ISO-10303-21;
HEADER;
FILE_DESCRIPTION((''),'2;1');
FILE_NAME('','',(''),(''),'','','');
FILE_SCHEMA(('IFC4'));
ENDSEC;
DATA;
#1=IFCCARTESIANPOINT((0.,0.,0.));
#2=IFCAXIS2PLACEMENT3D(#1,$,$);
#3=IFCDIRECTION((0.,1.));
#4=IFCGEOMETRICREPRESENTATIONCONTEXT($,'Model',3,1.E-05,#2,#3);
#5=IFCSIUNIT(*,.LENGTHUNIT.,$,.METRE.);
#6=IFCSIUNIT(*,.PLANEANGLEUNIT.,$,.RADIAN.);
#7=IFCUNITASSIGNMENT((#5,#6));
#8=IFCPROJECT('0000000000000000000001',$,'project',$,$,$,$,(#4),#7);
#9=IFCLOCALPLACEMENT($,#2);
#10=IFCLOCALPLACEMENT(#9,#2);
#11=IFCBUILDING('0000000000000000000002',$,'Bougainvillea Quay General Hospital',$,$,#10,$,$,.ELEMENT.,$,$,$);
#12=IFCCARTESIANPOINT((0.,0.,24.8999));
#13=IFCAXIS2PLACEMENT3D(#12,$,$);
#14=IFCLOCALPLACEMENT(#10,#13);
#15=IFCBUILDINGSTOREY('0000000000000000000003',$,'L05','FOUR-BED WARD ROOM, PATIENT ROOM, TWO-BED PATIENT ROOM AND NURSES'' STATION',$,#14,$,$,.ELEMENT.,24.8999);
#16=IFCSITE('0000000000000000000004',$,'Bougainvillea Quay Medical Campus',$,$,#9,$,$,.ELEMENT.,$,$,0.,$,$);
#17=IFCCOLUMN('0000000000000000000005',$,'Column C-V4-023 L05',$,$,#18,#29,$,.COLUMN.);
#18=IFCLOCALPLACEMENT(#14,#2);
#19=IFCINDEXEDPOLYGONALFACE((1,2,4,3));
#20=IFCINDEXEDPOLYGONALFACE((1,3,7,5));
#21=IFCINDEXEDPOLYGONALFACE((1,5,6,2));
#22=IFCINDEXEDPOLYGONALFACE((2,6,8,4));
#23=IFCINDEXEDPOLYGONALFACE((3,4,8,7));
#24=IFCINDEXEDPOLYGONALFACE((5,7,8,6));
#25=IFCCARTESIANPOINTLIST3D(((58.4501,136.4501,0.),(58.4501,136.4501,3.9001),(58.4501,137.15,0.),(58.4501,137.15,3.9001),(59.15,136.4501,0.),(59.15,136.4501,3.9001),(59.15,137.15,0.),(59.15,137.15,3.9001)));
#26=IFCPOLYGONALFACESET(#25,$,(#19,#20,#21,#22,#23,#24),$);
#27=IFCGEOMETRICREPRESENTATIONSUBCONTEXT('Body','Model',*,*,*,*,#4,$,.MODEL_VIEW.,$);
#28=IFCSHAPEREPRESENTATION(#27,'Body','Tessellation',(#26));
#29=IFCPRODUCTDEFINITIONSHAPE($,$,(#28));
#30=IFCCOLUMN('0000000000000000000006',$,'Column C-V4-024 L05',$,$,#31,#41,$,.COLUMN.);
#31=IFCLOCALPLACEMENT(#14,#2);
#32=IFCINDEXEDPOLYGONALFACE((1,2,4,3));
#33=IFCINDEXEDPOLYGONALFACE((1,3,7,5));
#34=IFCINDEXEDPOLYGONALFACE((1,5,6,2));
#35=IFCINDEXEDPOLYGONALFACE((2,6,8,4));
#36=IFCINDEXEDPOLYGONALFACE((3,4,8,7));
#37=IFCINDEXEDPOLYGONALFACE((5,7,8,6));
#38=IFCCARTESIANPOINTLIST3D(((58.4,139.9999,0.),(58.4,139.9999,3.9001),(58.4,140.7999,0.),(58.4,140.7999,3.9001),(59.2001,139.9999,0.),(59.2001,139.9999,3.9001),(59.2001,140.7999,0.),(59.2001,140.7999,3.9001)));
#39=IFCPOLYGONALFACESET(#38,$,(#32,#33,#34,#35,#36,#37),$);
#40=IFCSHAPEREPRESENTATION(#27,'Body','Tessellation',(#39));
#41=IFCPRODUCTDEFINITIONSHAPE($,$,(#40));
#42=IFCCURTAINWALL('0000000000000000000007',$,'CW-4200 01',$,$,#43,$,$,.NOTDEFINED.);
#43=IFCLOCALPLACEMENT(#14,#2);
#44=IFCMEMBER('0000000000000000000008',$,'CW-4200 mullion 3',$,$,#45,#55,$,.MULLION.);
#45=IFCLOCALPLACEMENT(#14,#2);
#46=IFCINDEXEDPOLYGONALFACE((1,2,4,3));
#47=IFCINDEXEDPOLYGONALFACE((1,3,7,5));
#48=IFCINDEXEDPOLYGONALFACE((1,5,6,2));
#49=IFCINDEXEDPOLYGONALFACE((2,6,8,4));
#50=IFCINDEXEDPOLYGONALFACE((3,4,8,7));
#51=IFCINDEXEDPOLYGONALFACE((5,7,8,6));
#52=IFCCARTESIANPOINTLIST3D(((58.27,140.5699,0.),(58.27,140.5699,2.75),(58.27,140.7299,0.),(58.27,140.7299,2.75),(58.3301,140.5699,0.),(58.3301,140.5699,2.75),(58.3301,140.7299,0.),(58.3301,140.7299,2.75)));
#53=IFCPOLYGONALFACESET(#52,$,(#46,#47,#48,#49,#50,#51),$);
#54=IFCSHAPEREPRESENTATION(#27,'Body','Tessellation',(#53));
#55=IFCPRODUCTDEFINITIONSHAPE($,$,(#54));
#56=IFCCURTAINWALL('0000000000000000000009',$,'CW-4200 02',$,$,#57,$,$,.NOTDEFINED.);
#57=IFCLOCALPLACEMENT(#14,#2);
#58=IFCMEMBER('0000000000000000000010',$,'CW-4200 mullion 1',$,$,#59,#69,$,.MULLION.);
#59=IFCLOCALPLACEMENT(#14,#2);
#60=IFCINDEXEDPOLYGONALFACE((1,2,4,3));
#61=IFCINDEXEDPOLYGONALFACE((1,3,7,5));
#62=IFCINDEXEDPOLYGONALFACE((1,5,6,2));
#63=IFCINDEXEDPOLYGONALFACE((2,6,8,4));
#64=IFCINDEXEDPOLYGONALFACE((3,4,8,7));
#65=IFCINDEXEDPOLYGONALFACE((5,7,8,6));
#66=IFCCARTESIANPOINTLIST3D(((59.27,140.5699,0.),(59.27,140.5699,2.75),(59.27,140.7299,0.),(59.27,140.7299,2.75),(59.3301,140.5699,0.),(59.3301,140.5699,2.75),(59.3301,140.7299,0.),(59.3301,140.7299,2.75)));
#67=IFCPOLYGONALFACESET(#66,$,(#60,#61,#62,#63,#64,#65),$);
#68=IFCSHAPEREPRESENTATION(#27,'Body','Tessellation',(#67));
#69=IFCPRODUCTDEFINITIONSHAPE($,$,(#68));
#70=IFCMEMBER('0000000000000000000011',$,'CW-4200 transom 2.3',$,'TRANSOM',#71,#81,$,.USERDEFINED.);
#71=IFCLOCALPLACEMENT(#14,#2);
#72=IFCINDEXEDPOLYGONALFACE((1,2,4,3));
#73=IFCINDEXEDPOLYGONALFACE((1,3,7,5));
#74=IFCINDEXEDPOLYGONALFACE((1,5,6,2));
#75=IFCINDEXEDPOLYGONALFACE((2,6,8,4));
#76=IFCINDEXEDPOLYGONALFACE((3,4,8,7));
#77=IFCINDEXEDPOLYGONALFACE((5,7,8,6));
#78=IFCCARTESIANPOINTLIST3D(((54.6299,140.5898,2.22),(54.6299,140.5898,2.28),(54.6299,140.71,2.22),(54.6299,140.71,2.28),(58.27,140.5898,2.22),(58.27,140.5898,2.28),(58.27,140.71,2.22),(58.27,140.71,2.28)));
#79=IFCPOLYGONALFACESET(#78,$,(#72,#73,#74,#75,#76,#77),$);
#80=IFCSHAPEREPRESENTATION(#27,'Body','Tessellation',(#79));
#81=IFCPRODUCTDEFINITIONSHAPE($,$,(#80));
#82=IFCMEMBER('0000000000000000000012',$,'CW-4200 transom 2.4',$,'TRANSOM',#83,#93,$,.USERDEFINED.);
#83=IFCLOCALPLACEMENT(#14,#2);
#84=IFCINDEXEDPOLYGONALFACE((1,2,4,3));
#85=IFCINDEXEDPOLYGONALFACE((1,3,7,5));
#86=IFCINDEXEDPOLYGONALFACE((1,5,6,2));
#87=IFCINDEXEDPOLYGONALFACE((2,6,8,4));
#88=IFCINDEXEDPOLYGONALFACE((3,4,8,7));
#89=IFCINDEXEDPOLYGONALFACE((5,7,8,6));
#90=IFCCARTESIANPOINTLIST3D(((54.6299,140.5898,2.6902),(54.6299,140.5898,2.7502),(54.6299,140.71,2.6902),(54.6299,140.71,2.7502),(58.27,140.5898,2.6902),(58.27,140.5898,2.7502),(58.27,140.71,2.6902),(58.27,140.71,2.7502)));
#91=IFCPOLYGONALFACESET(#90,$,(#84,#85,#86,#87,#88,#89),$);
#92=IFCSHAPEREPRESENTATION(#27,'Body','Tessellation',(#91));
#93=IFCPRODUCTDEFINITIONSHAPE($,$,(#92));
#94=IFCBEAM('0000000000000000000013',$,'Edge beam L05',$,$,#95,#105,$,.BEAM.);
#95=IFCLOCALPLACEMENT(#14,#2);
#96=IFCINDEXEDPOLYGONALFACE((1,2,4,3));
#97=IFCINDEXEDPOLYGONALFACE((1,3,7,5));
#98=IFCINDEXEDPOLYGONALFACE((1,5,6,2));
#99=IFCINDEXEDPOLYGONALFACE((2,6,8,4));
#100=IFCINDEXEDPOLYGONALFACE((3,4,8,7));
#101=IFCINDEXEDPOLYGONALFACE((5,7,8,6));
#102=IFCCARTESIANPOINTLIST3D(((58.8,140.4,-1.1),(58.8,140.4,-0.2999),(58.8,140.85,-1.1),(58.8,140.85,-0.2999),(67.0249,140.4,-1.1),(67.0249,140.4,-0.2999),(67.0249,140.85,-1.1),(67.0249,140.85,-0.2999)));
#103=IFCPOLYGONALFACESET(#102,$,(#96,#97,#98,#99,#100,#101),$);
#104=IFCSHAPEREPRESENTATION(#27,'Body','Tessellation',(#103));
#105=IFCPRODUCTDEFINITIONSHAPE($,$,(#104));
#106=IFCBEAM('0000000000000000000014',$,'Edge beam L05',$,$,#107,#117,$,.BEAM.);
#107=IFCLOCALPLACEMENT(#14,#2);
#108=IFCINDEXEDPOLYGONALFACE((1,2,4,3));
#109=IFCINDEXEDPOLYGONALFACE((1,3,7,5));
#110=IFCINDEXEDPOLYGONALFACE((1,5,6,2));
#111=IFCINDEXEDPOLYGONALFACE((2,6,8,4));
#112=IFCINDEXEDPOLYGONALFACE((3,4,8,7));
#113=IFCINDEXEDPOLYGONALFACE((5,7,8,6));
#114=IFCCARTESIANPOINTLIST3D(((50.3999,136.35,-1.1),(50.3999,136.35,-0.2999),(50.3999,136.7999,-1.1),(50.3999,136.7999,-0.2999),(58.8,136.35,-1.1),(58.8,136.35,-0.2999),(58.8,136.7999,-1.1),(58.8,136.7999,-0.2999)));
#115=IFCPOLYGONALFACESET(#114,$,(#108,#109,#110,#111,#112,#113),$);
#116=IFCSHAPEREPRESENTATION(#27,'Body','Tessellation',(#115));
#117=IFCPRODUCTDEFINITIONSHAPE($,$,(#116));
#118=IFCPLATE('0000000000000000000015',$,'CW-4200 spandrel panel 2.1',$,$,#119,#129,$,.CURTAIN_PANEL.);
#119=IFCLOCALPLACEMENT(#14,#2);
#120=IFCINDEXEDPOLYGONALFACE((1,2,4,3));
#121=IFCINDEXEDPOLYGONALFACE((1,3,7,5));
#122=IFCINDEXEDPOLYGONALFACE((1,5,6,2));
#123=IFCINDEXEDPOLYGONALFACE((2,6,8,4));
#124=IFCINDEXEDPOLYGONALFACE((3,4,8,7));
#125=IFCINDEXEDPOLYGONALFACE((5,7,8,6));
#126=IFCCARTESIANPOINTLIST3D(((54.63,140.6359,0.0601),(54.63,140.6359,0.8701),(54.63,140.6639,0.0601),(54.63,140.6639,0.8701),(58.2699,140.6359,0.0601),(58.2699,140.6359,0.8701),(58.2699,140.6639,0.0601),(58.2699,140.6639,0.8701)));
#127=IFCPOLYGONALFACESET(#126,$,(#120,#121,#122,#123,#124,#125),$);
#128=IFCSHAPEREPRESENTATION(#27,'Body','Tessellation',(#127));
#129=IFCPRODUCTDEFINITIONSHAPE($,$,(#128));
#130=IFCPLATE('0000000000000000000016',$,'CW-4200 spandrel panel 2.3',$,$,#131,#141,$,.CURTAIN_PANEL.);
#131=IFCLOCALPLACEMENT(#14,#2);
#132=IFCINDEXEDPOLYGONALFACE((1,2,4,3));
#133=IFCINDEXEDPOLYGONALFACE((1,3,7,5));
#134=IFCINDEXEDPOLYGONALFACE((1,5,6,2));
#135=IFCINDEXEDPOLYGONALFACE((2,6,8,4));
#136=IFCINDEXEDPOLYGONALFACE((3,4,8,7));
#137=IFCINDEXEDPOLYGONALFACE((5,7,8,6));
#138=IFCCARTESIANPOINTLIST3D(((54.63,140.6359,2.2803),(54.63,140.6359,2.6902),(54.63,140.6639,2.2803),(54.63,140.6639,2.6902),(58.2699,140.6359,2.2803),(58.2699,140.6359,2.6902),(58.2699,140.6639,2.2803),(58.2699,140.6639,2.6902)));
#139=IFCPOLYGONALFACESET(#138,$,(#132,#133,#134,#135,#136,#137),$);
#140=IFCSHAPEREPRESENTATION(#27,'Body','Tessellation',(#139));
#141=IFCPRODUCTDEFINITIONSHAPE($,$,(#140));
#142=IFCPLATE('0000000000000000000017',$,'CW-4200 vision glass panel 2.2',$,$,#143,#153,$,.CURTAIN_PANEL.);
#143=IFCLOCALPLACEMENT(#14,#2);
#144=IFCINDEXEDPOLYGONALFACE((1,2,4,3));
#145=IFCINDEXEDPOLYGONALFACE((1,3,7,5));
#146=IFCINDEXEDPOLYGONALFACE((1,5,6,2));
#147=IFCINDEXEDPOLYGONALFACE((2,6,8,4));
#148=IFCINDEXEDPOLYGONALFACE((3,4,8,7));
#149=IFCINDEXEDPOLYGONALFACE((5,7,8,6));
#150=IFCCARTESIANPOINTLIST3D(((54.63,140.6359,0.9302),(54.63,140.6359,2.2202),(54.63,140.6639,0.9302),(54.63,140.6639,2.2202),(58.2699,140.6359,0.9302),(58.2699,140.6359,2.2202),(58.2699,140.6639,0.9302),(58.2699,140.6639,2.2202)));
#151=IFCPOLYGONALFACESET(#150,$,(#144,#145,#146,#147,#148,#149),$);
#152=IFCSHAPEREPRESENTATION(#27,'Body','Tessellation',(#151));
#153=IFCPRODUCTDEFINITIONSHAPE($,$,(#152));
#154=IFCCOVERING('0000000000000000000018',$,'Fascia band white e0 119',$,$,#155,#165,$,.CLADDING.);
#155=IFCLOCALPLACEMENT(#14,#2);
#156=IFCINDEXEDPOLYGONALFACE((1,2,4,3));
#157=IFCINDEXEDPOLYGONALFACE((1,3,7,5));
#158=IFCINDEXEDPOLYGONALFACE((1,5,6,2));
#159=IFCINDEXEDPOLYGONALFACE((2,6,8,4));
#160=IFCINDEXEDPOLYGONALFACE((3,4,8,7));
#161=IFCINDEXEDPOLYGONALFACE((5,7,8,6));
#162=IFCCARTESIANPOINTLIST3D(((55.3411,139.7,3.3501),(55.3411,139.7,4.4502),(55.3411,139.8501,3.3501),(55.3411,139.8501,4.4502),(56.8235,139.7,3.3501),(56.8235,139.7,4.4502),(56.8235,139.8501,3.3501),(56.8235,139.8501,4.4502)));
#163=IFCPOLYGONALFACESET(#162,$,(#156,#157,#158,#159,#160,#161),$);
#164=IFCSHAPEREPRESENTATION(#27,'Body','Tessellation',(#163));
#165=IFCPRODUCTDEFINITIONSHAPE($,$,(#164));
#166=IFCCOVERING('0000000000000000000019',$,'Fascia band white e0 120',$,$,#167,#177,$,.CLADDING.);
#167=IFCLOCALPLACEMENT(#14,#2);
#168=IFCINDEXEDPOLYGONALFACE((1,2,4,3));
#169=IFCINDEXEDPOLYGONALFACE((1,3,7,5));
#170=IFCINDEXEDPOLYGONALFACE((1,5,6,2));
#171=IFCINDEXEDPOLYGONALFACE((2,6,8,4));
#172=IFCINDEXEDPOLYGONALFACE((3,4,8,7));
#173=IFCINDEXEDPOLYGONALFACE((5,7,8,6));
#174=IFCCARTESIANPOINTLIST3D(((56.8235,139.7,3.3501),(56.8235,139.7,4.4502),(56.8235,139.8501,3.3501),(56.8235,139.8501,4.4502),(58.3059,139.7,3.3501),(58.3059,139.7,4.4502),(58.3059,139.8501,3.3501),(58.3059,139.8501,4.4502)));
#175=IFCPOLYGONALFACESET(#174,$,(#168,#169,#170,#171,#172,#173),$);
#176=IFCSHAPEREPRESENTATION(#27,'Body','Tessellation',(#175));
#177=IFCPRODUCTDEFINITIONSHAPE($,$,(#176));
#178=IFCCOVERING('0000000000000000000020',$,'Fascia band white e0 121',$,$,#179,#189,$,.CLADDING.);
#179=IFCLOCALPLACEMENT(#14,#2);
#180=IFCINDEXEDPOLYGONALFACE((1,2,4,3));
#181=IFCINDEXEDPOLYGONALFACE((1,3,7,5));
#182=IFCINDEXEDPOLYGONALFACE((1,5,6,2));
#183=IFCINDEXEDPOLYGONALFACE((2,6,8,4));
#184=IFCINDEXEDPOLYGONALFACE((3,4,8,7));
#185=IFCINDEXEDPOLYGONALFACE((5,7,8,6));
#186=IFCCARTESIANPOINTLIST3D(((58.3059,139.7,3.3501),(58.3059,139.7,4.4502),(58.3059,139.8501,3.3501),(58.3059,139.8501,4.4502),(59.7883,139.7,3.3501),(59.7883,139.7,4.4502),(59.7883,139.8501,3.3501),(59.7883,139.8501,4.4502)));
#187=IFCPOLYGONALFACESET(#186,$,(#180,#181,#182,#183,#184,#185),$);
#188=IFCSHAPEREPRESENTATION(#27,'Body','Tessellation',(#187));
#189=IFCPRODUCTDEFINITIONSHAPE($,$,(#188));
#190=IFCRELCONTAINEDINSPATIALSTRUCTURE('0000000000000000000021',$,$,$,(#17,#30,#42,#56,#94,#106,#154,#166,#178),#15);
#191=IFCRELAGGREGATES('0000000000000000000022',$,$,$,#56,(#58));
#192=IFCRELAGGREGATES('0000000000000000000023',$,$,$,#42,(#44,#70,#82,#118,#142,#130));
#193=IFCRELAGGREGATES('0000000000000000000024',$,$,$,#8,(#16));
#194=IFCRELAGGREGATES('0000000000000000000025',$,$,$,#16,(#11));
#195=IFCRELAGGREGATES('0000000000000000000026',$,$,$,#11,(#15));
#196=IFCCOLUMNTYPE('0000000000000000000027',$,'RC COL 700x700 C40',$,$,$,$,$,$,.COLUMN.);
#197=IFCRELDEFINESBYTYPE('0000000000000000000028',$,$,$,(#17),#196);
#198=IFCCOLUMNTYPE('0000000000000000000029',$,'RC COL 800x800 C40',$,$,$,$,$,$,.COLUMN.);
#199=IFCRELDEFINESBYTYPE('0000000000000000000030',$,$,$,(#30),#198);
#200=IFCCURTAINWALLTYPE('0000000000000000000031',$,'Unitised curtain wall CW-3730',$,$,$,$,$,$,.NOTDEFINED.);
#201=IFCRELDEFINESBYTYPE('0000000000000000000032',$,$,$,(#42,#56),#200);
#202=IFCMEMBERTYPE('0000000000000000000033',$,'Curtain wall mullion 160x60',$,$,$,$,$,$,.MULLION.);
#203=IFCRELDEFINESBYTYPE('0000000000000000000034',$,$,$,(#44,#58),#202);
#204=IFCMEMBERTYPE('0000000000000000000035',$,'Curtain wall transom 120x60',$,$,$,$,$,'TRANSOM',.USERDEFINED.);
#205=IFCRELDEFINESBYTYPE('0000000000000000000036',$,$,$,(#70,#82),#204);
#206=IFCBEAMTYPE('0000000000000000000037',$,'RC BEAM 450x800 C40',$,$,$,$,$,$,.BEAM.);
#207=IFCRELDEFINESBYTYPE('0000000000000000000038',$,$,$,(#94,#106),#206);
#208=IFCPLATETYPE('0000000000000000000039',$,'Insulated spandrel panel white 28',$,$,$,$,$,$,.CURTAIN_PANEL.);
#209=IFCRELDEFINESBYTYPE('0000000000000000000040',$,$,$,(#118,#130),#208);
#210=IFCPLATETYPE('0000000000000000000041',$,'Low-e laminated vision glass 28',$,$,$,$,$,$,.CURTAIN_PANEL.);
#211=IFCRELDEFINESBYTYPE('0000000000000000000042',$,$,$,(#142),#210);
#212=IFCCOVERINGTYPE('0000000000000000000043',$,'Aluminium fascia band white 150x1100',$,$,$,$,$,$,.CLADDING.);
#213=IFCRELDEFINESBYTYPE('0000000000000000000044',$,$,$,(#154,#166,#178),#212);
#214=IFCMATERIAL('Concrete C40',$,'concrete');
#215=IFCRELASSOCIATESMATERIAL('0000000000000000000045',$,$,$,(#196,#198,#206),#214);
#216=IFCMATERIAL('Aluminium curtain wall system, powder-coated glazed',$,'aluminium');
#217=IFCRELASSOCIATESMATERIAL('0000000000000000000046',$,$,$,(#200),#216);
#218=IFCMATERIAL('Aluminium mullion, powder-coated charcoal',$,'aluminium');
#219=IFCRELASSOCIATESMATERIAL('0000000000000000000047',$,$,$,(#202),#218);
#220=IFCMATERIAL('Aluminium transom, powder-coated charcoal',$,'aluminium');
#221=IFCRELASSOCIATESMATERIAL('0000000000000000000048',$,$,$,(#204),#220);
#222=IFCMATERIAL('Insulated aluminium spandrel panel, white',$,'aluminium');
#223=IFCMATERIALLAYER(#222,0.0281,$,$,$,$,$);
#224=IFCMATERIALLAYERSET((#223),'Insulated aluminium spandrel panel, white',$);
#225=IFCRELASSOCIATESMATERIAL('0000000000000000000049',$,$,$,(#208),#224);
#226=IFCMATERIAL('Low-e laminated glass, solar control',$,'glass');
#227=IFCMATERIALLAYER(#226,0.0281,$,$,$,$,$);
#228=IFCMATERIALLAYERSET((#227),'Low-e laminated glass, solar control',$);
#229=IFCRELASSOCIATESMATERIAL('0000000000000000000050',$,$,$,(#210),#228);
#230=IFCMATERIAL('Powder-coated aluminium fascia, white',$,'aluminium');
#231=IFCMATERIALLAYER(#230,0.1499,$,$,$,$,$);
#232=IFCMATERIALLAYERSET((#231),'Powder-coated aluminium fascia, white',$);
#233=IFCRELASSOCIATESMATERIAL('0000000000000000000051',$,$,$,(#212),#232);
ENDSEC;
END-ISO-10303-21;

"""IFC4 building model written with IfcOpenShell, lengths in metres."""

from ifc_helpers import new_model, si_unit, direction, frame, origin, origin_2d, place, context, subcontext, project, spatial, polyline, rectangle, outline, extrude, material, layer, layer_set, material_profile, profile_set, type_object, element, aggregate, save


model = new_model("IFC4")

# Units and contexts
model_context = context("Model", 3, precision=1e-05, world=origin(), true_north=direction((0.0, 1.0)))
body_context = subcontext(model_context, "Body", "Model", "MODEL_VIEW")
ifc_project = project(units=[si_unit("LENGTHUNIT", "METRE"), si_unit("PLANEANGLEUNIT", "RADIAN")], contexts=[model_context])

# Site, building, storey
site_placement = place(None, origin())
site = spatial("IfcSite", under=ifc_project, at=site_placement, Name="Bougainvillea Quay Medical Campus", CompositionType="ELEMENT", RefElevation=0.0)
building_placement = place(site_placement, origin())
building = spatial("IfcBuilding", under=site, at=building_placement, Name="Bougainvillea Quay General Hospital", CompositionType="ELEMENT")
storey_placement = place(building_placement, frame((0.0, 0.0, 24.8999)))
storey = spatial("IfcBuildingStorey", under=building, at=storey_placement, Name="L05", Description="FOUR-BED WARD ROOM, PATIENT ROOM, TWO-BED PATIENT ROOM AND NURSES' STATION", CompositionType="ELEMENT", Elevation=24.8999)

# Columns
ifc_material_1 = material(Name="Concrete C40", Category="concrete")
ifc_material_profile_1 = material_profile(ifc_material_1, rectangle(XDim=0.7, YDim=0.7, at=origin_2d()))
ifc_profile_set_1 = profile_set([ifc_material_profile_1], Name="Concrete C40")
column_type_1 = type_object("IfcColumnType", Name="RC COL 700x700 C40", PredefinedType="COLUMN", material=ifc_profile_set_1)
column_1_placement = place(storey_placement, frame((58.8, 136.8, 0.0), z_axis=(0.0, 0.0, 1.0), x_axis=(1.0, 0.0, 0.0)))
element("IfcColumn", 1, at=column_1_placement, inside=storey, type_object=column_type_1, Name="Column C-V4-023 L05", PredefinedType="COLUMN", context=body_context, shape_type="SweptSolid", body=[
    extrude(rectangle(XDim=0.7, YDim=0.7, at=origin_2d()), origin(), (0.0, 0.0, 1.0), 3.9001),
])
ifc_material_profile_2 = material_profile(ifc_material_1, rectangle(XDim=0.8, YDim=0.8, at=origin_2d()))
ifc_profile_set_2 = profile_set([ifc_material_profile_2], Name="Concrete C40")
column_type_2 = type_object("IfcColumnType", Name="RC COL 800x800 C40", PredefinedType="COLUMN", material=ifc_profile_set_2)
column_2_placement = place(storey_placement, frame((58.8, 140.3999, 0.0), z_axis=(0.0, 0.0, 1.0), x_axis=(1.0, 0.0, 0.0)))
element("IfcColumn", 2, at=column_2_placement, inside=storey, type_object=column_type_2, Name="Column C-V4-024 L05", PredefinedType="COLUMN", context=body_context, shape_type="SweptSolid", body=[
    extrude(rectangle(XDim=0.8, YDim=0.8, at=origin_2d()), origin(), (0.0, 0.0, 1.0), 3.9001),
])

# Curtain walls, members
ifc_material_2 = material(Name="Aluminium curtain wall system, powder-coated glazed", Category="aluminium")
curtain_wall_type = type_object("IfcCurtainWallType", Name="Unitised curtain wall CW-3730", PredefinedType="NOTDEFINED", material=ifc_material_2)
curtain_wall_1_placement = place(storey_placement, origin())
curtain_wall_1 = element("IfcCurtainWall", 3, at=curtain_wall_1_placement, inside=storey, type_object=curtain_wall_type, Name="CW-4200 01", PredefinedType="NOTDEFINED")
ifc_material_3 = material(Name="Aluminium mullion, powder-coated charcoal", Category="aluminium")
ifc_material_profile_3 = material_profile(ifc_material_3, rectangle(XDim=0.1599, YDim=0.0601, at=origin_2d()))
ifc_profile_set_3 = profile_set([ifc_material_profile_3], Name="Aluminium mullion, powder-coated charcoal")
member_type_1 = type_object("IfcMemberType", Name="Curtain wall mullion 160x60", PredefinedType="MULLION", material=ifc_profile_set_3)
member_1_placement = place(storey_placement, frame((58.3, 140.6499, 0.0), z_axis=(0.0, 0.0, 1.0), x_axis=(0.0, 1.0, 0.0)))
member_1 = element("IfcMember", 4, at=member_1_placement, type_object=member_type_1, Name="CW-4200 mullion 3", PredefinedType="MULLION", context=body_context, shape_type="SweptSolid", body=[
    extrude(rectangle(XDim=0.1599, YDim=0.0601, at=origin_2d()), origin(), (0.0, 0.0, 1.0), 2.75),
])
curtain_wall_2_placement = place(storey_placement, origin())
curtain_wall_2 = element("IfcCurtainWall", 5, at=curtain_wall_2_placement, inside=storey, type_object=curtain_wall_type, Name="CW-4200 02", PredefinedType="NOTDEFINED")
member_2_placement = place(storey_placement, frame((59.3, 140.6499, 0.0), z_axis=(0.0, 0.0, 1.0), x_axis=(0.0, 1.0, 0.0)))
member_2 = element("IfcMember", 6, at=member_2_placement, type_object=member_type_1, Name="CW-4200 mullion 1", PredefinedType="MULLION", context=body_context, shape_type="SweptSolid", body=[
    extrude(rectangle(XDim=0.1599, YDim=0.0601, at=origin_2d()), origin(), (0.0, 0.0, 1.0), 2.75),
])
aggregate(curtain_wall_2, [member_2])

# Members
ifc_material_4 = material(Name="Aluminium transom, powder-coated charcoal", Category="aluminium")
ifc_material_profile_4 = material_profile(ifc_material_4, rectangle(XDim=0.1201, YDim=0.0601, at=origin_2d()))
ifc_profile_set_4 = profile_set([ifc_material_profile_4], Name="Aluminium transom, powder-coated charcoal")
member_type_2 = type_object("IfcMemberType", Name="Curtain wall transom 120x60", ElementType="TRANSOM", PredefinedType="USERDEFINED", material=ifc_profile_set_4)
member_3_placement = place(storey_placement, frame((54.6299, 140.6499, 2.25), z_axis=(1.0, 0.0, 0.0), x_axis=(0.0, 1.0, 0.0)))
member_3 = element("IfcMember", 7, at=member_3_placement, type_object=member_type_2, Name="CW-4200 transom 2.3", ObjectType="TRANSOM", PredefinedType="USERDEFINED", context=body_context, shape_type="SweptSolid", body=[
    extrude(rectangle(XDim=0.1201, YDim=0.0601, at=origin_2d()), origin(), (0.0, 0.0, 1.0), 3.6401),
])
member_4_placement = place(storey_placement, frame((54.6299, 140.6499, 2.7202), z_axis=(1.0, 0.0, 0.0), x_axis=(0.0, 1.0, 0.0)))
member_4 = element("IfcMember", 8, at=member_4_placement, type_object=member_type_2, Name="CW-4200 transom 2.4", ObjectType="TRANSOM", PredefinedType="USERDEFINED", context=body_context, shape_type="SweptSolid", body=[
    extrude(rectangle(XDim=0.1201, YDim=0.0601, at=origin_2d()), origin(), (0.0, 0.0, 1.0), 3.6401),
])

# Beams
ifc_material_profile_5 = material_profile(ifc_material_1, rectangle(XDim=0.45, YDim=0.8, at=origin_2d()))
ifc_profile_set_5 = profile_set([ifc_material_profile_5], Name="Concrete C40")
beam_type = type_object("IfcBeamType", Name="RC BEAM 450x800 C40", PredefinedType="BEAM", material=ifc_profile_set_5)
beam_1_placement = place(storey_placement, frame((58.8, 140.625, -0.7), z_axis=(1.0, 0.0, 0.0), x_axis=(0.0, 1.0, 0.0)))
element("IfcBeam", 9, at=beam_1_placement, inside=storey, type_object=beam_type, Name="Edge beam L05", PredefinedType="BEAM", context=body_context, shape_type="SweptSolid", body=[
    extrude(rectangle(XDim=0.45, YDim=0.8, at=origin_2d()), origin(), (0.0, 0.0, 1.0), 8.2249),
])
beam_2_placement = place(storey_placement, frame((58.8, 136.575, -0.7), z_axis=(-1.0, 0.0, 0.0), x_axis=(0.0, -1.0, 0.0)))
element("IfcBeam", 10, at=beam_2_placement, inside=storey, type_object=beam_type, Name="Edge beam L05", PredefinedType="BEAM", context=body_context, shape_type="SweptSolid", body=[
    extrude(rectangle(XDim=0.45, YDim=0.8, at=origin_2d()), origin(), (0.0, 0.0, 1.0), 8.4001),
])

# Plates
ifc_material_5 = material(Name="Insulated aluminium spandrel panel, white", Category="aluminium")
ifc_layer_1 = layer(ifc_material_5, 0.0281)
ifc_layer_set_1 = layer_set([ifc_layer_1], Name="Insulated aluminium spandrel panel, white")
plate_type_1 = type_object("IfcPlateType", Name="Insulated spandrel panel white 28", PredefinedType="CURTAIN_PANEL", material=ifc_layer_set_1)
plate_1_placement = place(storey_placement, frame((56.45, 140.6499, 0.0601), z_axis=(0.0, 0.0, 1.0), x_axis=(1.0, 0.0, 0.0)))
plate_1 = element("IfcPlate", 11, at=plate_1_placement, type_object=plate_type_1, Name="CW-4200 spandrel panel 2.1", PredefinedType="CURTAIN_PANEL", context=body_context, shape_type="SweptSolid", body=[
    extrude(rectangle(XDim=3.6399, YDim=0.0281, at=origin_2d()), origin(), (0.0, 0.0, 1.0), 0.8101),
])
plate_2_placement = place(storey_placement, frame((56.45, 140.6499, 2.2803), z_axis=(0.0, 0.0, 1.0), x_axis=(1.0, 0.0, 0.0)))
plate_2 = element("IfcPlate", 12, at=plate_2_placement, type_object=plate_type_1, Name="CW-4200 spandrel panel 2.3", PredefinedType="CURTAIN_PANEL", context=body_context, shape_type="SweptSolid", body=[
    extrude(rectangle(XDim=3.6399, YDim=0.0281, at=origin_2d()), origin(), (0.0, 0.0, 1.0), 0.4099),
])
ifc_material_6 = material(Name="Low-e laminated glass, solar control", Category="glass")
ifc_layer_2 = layer(ifc_material_6, 0.0281)
ifc_layer_set_2 = layer_set([ifc_layer_2], Name="Low-e laminated glass, solar control")
plate_type_2 = type_object("IfcPlateType", Name="Low-e laminated vision glass 28", PredefinedType="CURTAIN_PANEL", material=ifc_layer_set_2)
plate_3_placement = place(storey_placement, frame((56.45, 140.6499, 0.9302), z_axis=(0.0, 0.0, 1.0), x_axis=(1.0, 0.0, 0.0)))
plate_3 = element("IfcPlate", 13, at=plate_3_placement, type_object=plate_type_2, Name="CW-4200 vision glass panel 2.2", PredefinedType="CURTAIN_PANEL", context=body_context, shape_type="SweptSolid", body=[
    extrude(rectangle(XDim=3.6399, YDim=0.0281, at=origin_2d()), origin(), (0.0, 0.0, 1.0), 1.29),
])
aggregate(curtain_wall_1, [member_1, member_3, member_4, plate_1, plate_3, plate_2])

# Coverings
ifc_material_7 = material(Name="Powder-coated aluminium fascia, white", Category="aluminium")
ifc_layer_3 = layer(ifc_material_7, 0.1499)
ifc_layer_set_3 = layer_set([ifc_layer_3], Name="Powder-coated aluminium fascia, white")
covering_type = type_object("IfcCoveringType", Name="Aluminium fascia band white 150x1100", PredefinedType="CLADDING", material=ifc_layer_set_3)
for number, where, z_axis, x_axis, name in (
    (14, (55.3411, 139.8501, 3.3501), (0.0, 0.0, 1.0), (1.0, 0.0, 0.0), "Fascia band white e0 119"),
    (15, (56.8235, 139.8501, 3.3501), (0.0, 0.0, 1.0), (1.0, 0.0, 0.0), "Fascia band white e0 120"),
    (16, (58.3059, 139.8501, 3.3501), (0.0, 0.0, 1.0), (1.0, 0.0, 0.0), "Fascia band white e0 121"),
):
    element("IfcCovering", number, at=place(storey_placement, frame(where, z_axis=z_axis, x_axis=x_axis)), inside=storey, type_object=covering_type, Name=name, PredefinedType="CLADDING", context=body_context, shape_type="SweptSolid", body=[
        extrude(outline(polyline([(0.0, 0.0), (1.4824, 0.0), (1.4824, -0.1501), (0.0, -0.1501), (0.0, 0.0)])), origin(), (0.0, 0.0, 1.0), 1.1001),
    ])

save(model, "model.ifc")
